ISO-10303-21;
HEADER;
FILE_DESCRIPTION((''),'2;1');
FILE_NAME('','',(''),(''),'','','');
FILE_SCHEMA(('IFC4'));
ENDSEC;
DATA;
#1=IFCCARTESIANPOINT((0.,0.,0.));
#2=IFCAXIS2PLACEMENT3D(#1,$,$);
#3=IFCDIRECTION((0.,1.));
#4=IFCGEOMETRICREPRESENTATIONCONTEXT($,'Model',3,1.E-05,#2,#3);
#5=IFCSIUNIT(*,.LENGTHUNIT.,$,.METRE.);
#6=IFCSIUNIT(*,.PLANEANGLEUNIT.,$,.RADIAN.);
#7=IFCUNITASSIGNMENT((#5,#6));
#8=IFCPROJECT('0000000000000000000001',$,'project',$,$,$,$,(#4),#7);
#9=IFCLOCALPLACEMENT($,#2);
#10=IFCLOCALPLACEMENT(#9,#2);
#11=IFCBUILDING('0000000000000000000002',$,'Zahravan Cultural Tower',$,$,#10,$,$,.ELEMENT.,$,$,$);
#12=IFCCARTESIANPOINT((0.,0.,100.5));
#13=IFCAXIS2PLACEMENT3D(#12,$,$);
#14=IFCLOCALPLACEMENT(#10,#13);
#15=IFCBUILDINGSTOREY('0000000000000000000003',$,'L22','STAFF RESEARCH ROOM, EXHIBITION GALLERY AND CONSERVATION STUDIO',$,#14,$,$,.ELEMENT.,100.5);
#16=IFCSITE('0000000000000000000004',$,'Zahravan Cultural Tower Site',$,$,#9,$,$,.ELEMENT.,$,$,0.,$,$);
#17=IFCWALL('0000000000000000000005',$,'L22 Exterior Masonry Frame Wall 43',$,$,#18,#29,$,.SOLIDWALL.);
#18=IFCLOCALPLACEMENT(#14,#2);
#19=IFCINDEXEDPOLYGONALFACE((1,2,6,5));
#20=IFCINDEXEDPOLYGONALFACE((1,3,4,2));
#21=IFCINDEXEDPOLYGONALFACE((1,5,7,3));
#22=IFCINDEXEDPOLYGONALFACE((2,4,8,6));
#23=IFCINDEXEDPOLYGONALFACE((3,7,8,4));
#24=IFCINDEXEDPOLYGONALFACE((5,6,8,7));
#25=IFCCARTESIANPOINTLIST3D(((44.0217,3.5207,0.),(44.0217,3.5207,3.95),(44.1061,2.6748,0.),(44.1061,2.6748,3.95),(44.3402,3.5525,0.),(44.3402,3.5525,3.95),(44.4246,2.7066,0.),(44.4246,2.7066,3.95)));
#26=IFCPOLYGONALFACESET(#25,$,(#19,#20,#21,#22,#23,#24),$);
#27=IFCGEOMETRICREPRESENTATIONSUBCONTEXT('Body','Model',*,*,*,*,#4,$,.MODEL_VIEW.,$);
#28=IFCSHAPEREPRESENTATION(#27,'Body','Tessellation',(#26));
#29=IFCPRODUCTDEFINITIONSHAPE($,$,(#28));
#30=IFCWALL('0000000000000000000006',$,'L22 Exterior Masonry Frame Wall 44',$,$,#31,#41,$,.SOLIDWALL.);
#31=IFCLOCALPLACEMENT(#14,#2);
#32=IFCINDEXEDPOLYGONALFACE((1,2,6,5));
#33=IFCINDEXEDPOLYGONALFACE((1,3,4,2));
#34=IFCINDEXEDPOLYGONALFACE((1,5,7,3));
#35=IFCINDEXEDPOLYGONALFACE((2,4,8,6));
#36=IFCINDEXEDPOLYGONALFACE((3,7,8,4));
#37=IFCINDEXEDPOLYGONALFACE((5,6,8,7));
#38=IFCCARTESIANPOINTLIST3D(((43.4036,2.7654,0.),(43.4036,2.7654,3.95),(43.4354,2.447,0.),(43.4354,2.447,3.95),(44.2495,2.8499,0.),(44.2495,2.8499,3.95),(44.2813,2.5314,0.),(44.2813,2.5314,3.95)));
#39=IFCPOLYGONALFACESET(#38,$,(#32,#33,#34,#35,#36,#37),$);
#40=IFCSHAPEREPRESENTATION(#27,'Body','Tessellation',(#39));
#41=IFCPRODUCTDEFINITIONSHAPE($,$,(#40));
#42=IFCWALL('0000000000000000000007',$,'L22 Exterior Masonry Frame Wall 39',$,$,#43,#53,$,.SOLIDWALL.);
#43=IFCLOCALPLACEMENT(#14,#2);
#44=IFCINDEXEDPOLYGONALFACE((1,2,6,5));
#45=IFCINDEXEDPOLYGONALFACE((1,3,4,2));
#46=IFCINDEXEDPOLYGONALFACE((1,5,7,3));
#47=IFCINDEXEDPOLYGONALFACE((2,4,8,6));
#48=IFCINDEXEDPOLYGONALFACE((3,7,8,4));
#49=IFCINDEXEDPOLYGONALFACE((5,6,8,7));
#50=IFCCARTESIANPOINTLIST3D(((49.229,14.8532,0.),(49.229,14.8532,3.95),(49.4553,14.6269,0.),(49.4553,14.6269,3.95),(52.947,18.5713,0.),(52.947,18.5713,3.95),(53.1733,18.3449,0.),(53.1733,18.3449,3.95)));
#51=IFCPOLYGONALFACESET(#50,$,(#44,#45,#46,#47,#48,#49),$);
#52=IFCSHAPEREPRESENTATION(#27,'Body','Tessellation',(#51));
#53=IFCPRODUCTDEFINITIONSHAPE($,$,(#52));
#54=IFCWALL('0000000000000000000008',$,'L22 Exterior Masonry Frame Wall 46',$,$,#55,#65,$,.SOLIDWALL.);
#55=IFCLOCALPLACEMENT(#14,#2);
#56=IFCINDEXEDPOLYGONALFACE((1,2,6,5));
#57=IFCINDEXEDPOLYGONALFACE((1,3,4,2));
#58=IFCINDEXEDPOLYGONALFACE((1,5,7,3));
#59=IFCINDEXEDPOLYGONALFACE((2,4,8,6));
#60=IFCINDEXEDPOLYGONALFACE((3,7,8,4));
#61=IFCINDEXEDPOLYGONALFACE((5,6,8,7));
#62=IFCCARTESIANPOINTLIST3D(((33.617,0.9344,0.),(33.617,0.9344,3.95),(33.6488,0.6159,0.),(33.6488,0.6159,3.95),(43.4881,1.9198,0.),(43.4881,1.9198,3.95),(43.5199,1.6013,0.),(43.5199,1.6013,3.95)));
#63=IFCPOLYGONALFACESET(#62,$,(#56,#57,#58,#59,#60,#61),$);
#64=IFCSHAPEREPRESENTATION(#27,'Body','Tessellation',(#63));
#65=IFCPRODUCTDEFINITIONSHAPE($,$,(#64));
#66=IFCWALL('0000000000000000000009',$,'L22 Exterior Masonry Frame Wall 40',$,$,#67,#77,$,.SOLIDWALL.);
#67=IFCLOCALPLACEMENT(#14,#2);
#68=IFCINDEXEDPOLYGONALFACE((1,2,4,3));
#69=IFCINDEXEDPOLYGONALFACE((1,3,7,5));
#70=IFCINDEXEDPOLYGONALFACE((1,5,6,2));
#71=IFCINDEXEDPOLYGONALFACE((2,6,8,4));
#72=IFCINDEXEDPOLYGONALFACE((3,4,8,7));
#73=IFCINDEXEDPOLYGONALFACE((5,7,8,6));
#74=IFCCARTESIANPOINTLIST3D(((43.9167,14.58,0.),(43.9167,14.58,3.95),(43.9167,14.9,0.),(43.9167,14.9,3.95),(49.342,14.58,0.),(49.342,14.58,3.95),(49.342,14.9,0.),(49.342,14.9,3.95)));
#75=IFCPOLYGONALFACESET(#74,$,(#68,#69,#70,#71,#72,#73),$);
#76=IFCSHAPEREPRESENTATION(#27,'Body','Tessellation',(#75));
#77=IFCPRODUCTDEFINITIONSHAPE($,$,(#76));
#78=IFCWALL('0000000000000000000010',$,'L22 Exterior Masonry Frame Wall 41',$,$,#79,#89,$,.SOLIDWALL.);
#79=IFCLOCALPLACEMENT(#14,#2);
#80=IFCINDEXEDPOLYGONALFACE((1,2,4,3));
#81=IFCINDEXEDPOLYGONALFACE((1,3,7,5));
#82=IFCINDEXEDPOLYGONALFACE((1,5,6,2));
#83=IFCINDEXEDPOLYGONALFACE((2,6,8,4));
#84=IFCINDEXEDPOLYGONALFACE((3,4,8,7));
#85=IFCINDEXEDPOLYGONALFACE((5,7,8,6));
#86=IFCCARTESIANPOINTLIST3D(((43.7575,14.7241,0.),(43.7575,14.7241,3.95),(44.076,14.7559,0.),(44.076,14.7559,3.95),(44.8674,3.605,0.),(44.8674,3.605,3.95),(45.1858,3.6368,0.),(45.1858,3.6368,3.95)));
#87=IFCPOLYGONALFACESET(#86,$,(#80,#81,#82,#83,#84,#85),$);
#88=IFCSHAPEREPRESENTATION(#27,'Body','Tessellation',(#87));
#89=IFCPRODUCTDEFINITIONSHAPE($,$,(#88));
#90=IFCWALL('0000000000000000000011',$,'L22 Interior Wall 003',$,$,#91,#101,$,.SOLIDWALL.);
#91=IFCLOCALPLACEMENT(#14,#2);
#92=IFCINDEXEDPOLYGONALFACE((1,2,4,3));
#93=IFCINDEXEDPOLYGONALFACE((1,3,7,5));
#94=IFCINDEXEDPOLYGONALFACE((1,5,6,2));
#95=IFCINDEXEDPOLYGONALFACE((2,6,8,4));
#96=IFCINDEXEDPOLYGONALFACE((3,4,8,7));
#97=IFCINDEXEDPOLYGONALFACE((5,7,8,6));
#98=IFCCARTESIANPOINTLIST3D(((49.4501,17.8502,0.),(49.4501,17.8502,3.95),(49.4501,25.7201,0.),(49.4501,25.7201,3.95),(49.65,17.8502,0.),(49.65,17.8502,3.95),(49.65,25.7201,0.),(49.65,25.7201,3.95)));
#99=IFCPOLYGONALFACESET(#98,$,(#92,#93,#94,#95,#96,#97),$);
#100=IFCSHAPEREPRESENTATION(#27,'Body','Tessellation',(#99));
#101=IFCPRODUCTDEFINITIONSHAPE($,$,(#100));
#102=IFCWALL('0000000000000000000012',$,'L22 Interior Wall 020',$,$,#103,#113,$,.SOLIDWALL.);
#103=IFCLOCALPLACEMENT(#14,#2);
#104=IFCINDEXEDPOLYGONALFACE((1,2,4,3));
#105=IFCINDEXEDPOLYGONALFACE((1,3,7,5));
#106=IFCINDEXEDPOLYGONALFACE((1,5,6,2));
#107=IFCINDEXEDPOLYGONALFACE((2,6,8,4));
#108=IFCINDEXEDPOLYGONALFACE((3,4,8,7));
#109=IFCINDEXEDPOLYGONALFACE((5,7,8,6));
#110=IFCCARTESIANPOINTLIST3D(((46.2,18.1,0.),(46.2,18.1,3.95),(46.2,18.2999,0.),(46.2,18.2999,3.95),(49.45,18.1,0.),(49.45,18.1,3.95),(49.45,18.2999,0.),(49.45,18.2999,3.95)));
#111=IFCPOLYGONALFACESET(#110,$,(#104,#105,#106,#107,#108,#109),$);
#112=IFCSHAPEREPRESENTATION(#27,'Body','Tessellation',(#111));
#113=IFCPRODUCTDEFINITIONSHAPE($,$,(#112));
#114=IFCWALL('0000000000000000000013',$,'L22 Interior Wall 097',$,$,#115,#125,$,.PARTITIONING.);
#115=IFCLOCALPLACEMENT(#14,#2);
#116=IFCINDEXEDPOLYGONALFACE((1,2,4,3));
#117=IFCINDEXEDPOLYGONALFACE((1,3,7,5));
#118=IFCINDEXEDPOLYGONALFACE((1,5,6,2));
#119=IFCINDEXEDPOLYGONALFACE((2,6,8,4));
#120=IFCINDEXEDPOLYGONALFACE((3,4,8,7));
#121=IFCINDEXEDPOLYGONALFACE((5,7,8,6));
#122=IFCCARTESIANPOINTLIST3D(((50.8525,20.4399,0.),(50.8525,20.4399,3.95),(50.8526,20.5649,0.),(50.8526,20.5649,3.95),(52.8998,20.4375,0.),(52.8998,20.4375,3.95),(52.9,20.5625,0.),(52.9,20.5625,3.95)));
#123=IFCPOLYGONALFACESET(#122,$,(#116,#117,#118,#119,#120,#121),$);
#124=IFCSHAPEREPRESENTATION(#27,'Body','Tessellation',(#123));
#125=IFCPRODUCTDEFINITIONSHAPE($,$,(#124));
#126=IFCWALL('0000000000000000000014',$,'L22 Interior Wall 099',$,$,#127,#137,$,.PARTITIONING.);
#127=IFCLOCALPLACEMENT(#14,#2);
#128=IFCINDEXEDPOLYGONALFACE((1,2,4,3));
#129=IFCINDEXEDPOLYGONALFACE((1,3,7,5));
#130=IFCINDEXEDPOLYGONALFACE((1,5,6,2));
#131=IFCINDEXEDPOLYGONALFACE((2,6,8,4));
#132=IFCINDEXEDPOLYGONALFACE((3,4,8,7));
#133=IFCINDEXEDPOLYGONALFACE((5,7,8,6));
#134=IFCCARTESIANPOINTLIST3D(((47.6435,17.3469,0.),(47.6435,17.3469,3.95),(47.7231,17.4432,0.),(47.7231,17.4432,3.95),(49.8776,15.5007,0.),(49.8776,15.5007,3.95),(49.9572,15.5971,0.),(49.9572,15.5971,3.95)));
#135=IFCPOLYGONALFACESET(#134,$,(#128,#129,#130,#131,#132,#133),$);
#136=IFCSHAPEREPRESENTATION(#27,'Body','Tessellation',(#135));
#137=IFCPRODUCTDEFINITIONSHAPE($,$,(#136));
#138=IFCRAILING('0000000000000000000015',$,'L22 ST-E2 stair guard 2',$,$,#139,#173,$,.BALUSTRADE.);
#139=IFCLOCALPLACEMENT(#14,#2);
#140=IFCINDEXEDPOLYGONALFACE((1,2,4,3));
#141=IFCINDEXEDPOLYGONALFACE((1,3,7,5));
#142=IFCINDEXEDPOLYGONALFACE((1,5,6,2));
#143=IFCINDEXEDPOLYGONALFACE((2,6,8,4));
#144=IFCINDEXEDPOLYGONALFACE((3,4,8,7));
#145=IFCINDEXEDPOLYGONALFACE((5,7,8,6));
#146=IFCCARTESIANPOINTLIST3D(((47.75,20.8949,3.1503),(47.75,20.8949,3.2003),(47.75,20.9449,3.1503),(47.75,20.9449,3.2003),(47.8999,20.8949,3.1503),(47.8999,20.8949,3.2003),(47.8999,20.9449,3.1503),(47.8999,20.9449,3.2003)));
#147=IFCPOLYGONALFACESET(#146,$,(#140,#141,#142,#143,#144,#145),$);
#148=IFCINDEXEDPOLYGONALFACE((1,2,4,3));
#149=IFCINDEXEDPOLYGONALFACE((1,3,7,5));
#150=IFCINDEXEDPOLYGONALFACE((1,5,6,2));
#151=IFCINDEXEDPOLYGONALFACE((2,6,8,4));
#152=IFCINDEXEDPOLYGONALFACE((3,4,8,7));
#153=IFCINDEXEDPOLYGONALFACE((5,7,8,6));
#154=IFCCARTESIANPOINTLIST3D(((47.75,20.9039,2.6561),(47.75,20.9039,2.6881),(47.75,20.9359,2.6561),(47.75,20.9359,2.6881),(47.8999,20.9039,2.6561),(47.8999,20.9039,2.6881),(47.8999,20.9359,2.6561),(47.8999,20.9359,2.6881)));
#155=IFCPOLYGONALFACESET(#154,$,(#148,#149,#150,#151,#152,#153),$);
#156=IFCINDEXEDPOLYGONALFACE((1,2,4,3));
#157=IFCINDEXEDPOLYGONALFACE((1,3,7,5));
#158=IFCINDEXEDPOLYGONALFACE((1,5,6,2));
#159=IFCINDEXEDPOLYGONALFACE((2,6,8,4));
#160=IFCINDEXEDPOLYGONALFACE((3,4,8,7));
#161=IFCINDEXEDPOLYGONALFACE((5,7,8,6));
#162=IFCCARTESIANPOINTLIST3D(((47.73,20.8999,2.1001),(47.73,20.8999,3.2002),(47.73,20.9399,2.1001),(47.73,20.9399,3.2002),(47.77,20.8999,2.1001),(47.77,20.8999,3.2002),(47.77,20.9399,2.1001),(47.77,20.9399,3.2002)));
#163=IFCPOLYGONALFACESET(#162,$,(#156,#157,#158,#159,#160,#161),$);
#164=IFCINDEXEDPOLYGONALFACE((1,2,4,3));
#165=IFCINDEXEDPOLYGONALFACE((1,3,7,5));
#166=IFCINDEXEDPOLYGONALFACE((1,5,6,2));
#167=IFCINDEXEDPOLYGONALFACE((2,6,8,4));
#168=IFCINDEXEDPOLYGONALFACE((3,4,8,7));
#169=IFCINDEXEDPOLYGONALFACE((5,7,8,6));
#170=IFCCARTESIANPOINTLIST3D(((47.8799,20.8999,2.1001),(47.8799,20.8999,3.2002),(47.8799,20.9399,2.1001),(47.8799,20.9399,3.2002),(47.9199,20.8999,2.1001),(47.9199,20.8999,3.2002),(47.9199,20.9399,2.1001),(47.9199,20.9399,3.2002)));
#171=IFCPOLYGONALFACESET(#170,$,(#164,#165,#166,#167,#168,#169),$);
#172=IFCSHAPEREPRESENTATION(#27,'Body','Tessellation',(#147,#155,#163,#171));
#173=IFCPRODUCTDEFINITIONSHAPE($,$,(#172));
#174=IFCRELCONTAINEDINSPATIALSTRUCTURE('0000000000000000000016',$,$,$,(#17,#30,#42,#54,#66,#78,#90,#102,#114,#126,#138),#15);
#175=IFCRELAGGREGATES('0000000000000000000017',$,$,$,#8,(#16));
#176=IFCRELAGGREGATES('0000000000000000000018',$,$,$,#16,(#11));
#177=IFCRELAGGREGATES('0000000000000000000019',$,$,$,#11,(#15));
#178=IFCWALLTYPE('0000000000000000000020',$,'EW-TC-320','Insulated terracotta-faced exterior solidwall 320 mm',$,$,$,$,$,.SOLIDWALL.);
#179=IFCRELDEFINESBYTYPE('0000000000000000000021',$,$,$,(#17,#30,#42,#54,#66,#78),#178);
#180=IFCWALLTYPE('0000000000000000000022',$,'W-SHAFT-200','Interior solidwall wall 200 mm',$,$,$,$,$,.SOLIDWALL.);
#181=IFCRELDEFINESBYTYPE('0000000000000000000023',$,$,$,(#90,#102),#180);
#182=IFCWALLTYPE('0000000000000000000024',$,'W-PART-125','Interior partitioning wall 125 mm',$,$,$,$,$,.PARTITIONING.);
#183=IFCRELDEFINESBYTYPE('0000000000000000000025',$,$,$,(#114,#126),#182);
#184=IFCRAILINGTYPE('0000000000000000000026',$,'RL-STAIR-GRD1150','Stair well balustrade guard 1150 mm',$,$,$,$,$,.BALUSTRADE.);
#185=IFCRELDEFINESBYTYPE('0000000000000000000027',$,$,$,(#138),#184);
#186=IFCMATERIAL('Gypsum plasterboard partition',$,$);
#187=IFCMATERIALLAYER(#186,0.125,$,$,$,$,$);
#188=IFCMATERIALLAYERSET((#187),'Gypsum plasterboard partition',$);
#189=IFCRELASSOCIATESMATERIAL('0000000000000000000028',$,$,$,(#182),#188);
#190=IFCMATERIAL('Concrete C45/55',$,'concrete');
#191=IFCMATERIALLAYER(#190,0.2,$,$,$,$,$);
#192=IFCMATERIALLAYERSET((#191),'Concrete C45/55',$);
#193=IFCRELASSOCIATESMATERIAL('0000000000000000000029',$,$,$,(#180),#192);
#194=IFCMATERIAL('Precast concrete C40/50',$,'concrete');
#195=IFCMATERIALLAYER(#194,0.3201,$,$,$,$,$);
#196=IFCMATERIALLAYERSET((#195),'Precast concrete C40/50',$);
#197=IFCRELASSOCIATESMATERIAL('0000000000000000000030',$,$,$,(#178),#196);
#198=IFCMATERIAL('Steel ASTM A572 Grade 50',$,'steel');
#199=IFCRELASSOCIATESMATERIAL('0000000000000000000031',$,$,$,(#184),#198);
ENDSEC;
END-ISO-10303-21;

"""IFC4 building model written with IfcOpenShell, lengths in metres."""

from ifc_helpers import new_model, si_unit, direction, frame, frame_2d, origin, origin_2d, place, context, subcontext, project, spatial, rectangle, extrude, source, transform, mapped, material, layer, layer_set, type_object, element, save


model = new_model("IFC4")

# Units and contexts
model_context = context("Model", 3, precision=1e-05, world=origin(), true_north=direction((0.0, 1.0)))
body_context = subcontext(model_context, "Body", "Model", "MODEL_VIEW")
ifc_project = project(units=[si_unit("LENGTHUNIT", "METRE"), si_unit("PLANEANGLEUNIT", "RADIAN")], contexts=[model_context])

# Site, building, storey
site_placement = place(None, origin())
site = spatial("IfcSite", under=ifc_project, at=site_placement, Name="Zahravan Cultural Tower Site", CompositionType="ELEMENT", RefElevation=0.0)
building_placement = place(site_placement, origin())
building = spatial("IfcBuilding", under=site, at=building_placement, Name="Zahravan Cultural Tower", CompositionType="ELEMENT")
storey_placement = place(building_placement, frame((0.0, 0.0, 100.5)))
storey = spatial("IfcBuildingStorey", under=building, at=storey_placement, Name="L22", Description="STAFF RESEARCH ROOM, EXHIBITION GALLERY AND CONSERVATION STUDIO", CompositionType="ELEMENT", Elevation=100.5)

# Shared definitions
ifc_material_1 = material(Name="Gypsum plasterboard partition")
ifc_layer_1 = layer(ifc_material_1, 0.125)
ifc_layer_set_1 = layer_set([ifc_layer_1], Name="Gypsum plasterboard partition")
wall_type_1 = type_object("IfcWallType", Name="W-PART-125", Description="Interior partitioning wall 125 mm", PredefinedType="PARTITIONING", material=ifc_layer_set_1)
ifc_material_2 = material(Name="Concrete C45/55", Category="concrete")
ifc_layer_2 = layer(ifc_material_2, 0.2)
ifc_layer_set_2 = layer_set([ifc_layer_2], Name="Concrete C45/55")
wall_type_2 = type_object("IfcWallType", Name="W-SHAFT-200", Description="Interior solidwall wall 200 mm", PredefinedType="SOLIDWALL", material=ifc_layer_set_2)
ifc_material_3 = material(Name="Steel ASTM A572 Grade 50", Category="steel")

# Walls
ifc_material_4 = material(Name="Precast concrete C40/50", Category="concrete")
ifc_layer_3 = layer(ifc_material_4, 0.3201)
ifc_layer_set_3 = layer_set([ifc_layer_3], Name="Precast concrete C40/50")
wall_type_3 = type_object("IfcWallType", Name="EW-TC-320", Description="Insulated terracotta-faced exterior solidwall 320 mm", PredefinedType="SOLIDWALL", material=ifc_layer_set_3)
shared_shape_1 = source(origin(), body_context, "Body", "SweptSolid", [
    extrude(rectangle(XDim=0.8501, YDim=0.3201, at=frame_2d((0.425, 0.0))), origin(), (0.0, 0.0, 1.0), 3.95),
])
for number, where, z_axis, x_axis, name in (
    (1, (44.1809, 3.5366, 0.0), (0.0, 0.0, 1.0), (0.099362, -0.995051, 0.0), "L22 Exterior Masonry Frame Wall 43"),
    (2, (44.2654, 2.6907, 0.0), (0.0, 0.0, 1.0), (-0.995051, -0.099362, 0.0), "L22 Exterior Masonry Frame Wall 44"),
):
    element("IfcWall", number, at=place(storey_placement, frame(where, z_axis=z_axis, x_axis=x_axis)), inside=storey, type_object=wall_type_3, Name=name, PredefinedType="SOLIDWALL", context=body_context, shape_type="MappedRepresentation", body=[
        mapped(shared_shape_1, transform((0.0, 0.0, 0.0), x_axis=(1.0, 0.0, 0.0), y_axis=(0.0, 1.0, 0.0), z_axis=(0.0, 0.0, 1.0), scale=1.0)),
    ])
shared_shape_2 = source(origin(), body_context, "Body", "SweptSolid", [
    extrude(rectangle(XDim=5.2581, YDim=0.3201, at=frame_2d((2.6289, 0.0))), origin(), (0.0, 0.0, 1.0), 3.95),
])
wall_1_placement = place(storey_placement, frame((53.0601, 18.458, 0.0), z_axis=(0.0, 0.0, 1.0), x_axis=(-0.707107, -0.707107, 0.0)))
element("IfcWall", 3, at=wall_1_placement, inside=storey, type_object=wall_type_3, Name="L22 Exterior Masonry Frame Wall 39", PredefinedType="SOLIDWALL", context=body_context, shape_type="MappedRepresentation", body=[
    mapped(shared_shape_2, transform((0.0, 0.0, 0.0), x_axis=(1.0, 0.0, 0.0), y_axis=(0.0, 1.0, 0.0), z_axis=(0.0, 0.0, 1.0), scale=1.0)),
])
shared_shape_3 = source(origin(), body_context, "Body", "SweptSolid", [
    extrude(rectangle(XDim=9.9202, YDim=0.3201, at=frame_2d((4.96, 0.0))), origin(), (0.0, 0.0, 1.0), 3.95),
])
wall_2_placement = place(storey_placement, frame((43.5039, 1.7605, 0.0), z_axis=(0.0, 0.0, 1.0), x_axis=(-0.995055, -0.099328, 0.0)))
element("IfcWall", 4, at=wall_2_placement, inside=storey, type_object=wall_type_3, Name="L22 Exterior Masonry Frame Wall 46", PredefinedType="SOLIDWALL", context=body_context, shape_type="MappedRepresentation", body=[
    mapped(shared_shape_3, transform((0.0, 0.0, 0.0), x_axis=(1.0, 0.0, 0.0), y_axis=(0.0, 1.0, 0.0), z_axis=(0.0, 0.0, 1.0), scale=1.0)),
])
shared_shape_4 = source(origin(), body_context, "Body", "SweptSolid", [
    extrude(rectangle(XDim=5.4253, YDim=0.3201, at=frame_2d((2.7126, 0.0))), origin(), (0.0, 0.0, 1.0), 3.95),
])
wall_3_placement = place(storey_placement, frame((49.342, 14.74, 0.0), z_axis=(0.0, 0.0, 1.0), x_axis=(-1.0, 0.0, 0.0)))
element("IfcWall", 5, at=wall_3_placement, inside=storey, type_object=wall_type_3, Name="L22 Exterior Masonry Frame Wall 40", PredefinedType="SOLIDWALL", context=body_context, shape_type="MappedRepresentation", body=[
    mapped(shared_shape_4, transform((0.0, 0.0, 0.0), x_axis=(1.0, 0.0, 0.0), y_axis=(0.0, 1.0, 0.0), z_axis=(0.0, 0.0, 1.0), scale=1.0)),
])
shared_shape_5 = source(origin(), body_context, "Body", "SweptSolid", [
    extrude(rectangle(XDim=11.1743, YDim=0.3201, at=frame_2d((5.5872, 0.0))), origin(), (0.0, 0.0, 1.0), 3.95),
])
wall_4_placement = place(storey_placement, frame((43.9167, 14.74, 0.0), z_axis=(0.0, 0.0, 1.0), x_axis=(0.099322, -0.995055, 0.0)))
element("IfcWall", 6, at=wall_4_placement, inside=storey, type_object=wall_type_3, Name="L22 Exterior Masonry Frame Wall 41", PredefinedType="SOLIDWALL", context=body_context, shape_type="MappedRepresentation", body=[
    mapped(shared_shape_5, transform((0.0, 0.0, 0.0), x_axis=(1.0, 0.0, 0.0), y_axis=(0.0, 1.0, 0.0), z_axis=(0.0, 0.0, 1.0), scale=1.0)),
])
shared_shape_6 = source(origin(), body_context, "Body", "SweptSolid", [
    extrude(rectangle(XDim=7.8699, YDim=0.2, at=frame_2d((3.9351, 0.0))), origin(), (0.0, 0.0, 1.0), 3.95),
])
wall_5_placement = place(storey_placement, frame((49.55, 17.8501, 0.0), z_axis=(0.0, 0.0, 1.0), x_axis=(0.0, 1.0, 0.0)))
element("IfcWall", 7, at=wall_5_placement, inside=storey, type_object=wall_type_2, Name="L22 Interior Wall 003", PredefinedType="SOLIDWALL", context=body_context, shape_type="MappedRepresentation", body=[
    mapped(shared_shape_6, transform((0.0, 0.0, 0.0), x_axis=(1.0, 0.0, 0.0), y_axis=(0.0, 1.0, 0.0), z_axis=(0.0, 0.0, 1.0), scale=1.0)),
])
shared_shape_7 = source(origin(), body_context, "Body", "SweptSolid", [
    extrude(rectangle(XDim=3.25, YDim=0.2, at=frame_2d((1.625, 0.0))), origin(), (0.0, 0.0, 1.0), 3.95),
])
wall_6_placement = place(storey_placement, frame((46.2, 18.2, 0.0), z_axis=(0.0, 0.0, 1.0), x_axis=(1.0, 0.0, 0.0)))
element("IfcWall", 8, at=wall_6_placement, inside=storey, type_object=wall_type_2, Name="L22 Interior Wall 020", PredefinedType="SOLIDWALL", context=body_context, shape_type="MappedRepresentation", body=[
    mapped(shared_shape_7, transform((0.0, 0.0, 0.0), x_axis=(1.0, 0.0, 0.0), y_axis=(0.0, 1.0, 0.0), z_axis=(0.0, 0.0, 1.0), scale=1.0)),
])
shared_shape_8 = source(origin(), body_context, "Body", "SweptSolid", [
    extrude(rectangle(XDim=2.0474, YDim=0.125, at=frame_2d((1.0237, 0.0))), origin(), (0.0, 0.0, 1.0), 3.95),
])
wall_7_placement = place(storey_placement, frame((50.8525, 20.5024, 0.0), z_axis=(0.0, 0.0, 1.0), x_axis=(0.999999, -0.001192, 0.0)))
element("IfcWall", 9, at=wall_7_placement, inside=storey, type_object=wall_type_1, Name="L22 Interior Wall 097", PredefinedType="PARTITIONING", context=body_context, shape_type="MappedRepresentation", body=[
    mapped(shared_shape_8, transform((0.0, 0.0, 0.0), x_axis=(1.0, 0.0, 0.0), y_axis=(0.0, 1.0, 0.0), z_axis=(0.0, 0.0, 1.0), scale=1.0)),
])
shared_shape_9 = source(origin(), body_context, "Body", "SweptSolid", [
    extrude(rectangle(XDim=2.8982, YDim=0.125, at=frame_2d((1.4492, 0.0))), origin(), (0.0, 0.0, 1.0), 3.95),
])
wall_8_placement = place(storey_placement, frame((49.9175, 15.5488, 0.0), z_axis=(0.0, 0.0, 1.0), x_axis=(-0.770859, 0.637006, 0.0)))
element("IfcWall", 10, at=wall_8_placement, inside=storey, type_object=wall_type_1, Name="L22 Interior Wall 099", PredefinedType="PARTITIONING", context=body_context, shape_type="MappedRepresentation", body=[
    mapped(shared_shape_9, transform((0.0, 0.0, 0.0), x_axis=(1.0, 0.0, 0.0), y_axis=(0.0, 1.0, 0.0), z_axis=(0.0, 0.0, 1.0), scale=1.0)),
])

# Railing
railing_type = type_object("IfcRailingType", Name="RL-STAIR-GRD1150", Description="Stair well balustrade guard 1150 mm", PredefinedType="BALUSTRADE", material=ifc_material_3)
railing_1_placement = place(storey_placement, frame((47.75, 20.9199, 2.1001)))
element("IfcRailing", 11, at=railing_1_placement, inside=storey, type_object=railing_type, Name="L22 ST-E2 stair guard 2", PredefinedType="BALUSTRADE", context=body_context, shape_type="SweptSolid", body=[
    extrude(rectangle(XDim=0.05, YDim=0.05, at=origin_2d()), frame((0.0, 0.0, 1.0752), z_axis=(1.0, 0.0, 0.0), x_axis=(0.0, 1.0, 0.0)), (0.0, 0.0, 1.0), 0.1499),
    extrude(rectangle(XDim=0.032, YDim=0.032, at=origin_2d()), frame((0.0, 0.0, 0.572), z_axis=(1.0, 0.0, 0.0), x_axis=(0.0, 1.0, 0.0)), (0.0, 0.0, 1.0), 0.1499),
    extrude(rectangle(XDim=0.04, YDim=0.04, at=origin_2d()), origin(), (0.0, 0.0, 1.0), 1.1001),
    extrude(rectangle(XDim=0.04, YDim=0.04, at=origin_2d()), frame((0.1499, 0.0, 0.0)), (0.0, 0.0, 1.0), 1.1001),
])

save(model, "model.ifc")
